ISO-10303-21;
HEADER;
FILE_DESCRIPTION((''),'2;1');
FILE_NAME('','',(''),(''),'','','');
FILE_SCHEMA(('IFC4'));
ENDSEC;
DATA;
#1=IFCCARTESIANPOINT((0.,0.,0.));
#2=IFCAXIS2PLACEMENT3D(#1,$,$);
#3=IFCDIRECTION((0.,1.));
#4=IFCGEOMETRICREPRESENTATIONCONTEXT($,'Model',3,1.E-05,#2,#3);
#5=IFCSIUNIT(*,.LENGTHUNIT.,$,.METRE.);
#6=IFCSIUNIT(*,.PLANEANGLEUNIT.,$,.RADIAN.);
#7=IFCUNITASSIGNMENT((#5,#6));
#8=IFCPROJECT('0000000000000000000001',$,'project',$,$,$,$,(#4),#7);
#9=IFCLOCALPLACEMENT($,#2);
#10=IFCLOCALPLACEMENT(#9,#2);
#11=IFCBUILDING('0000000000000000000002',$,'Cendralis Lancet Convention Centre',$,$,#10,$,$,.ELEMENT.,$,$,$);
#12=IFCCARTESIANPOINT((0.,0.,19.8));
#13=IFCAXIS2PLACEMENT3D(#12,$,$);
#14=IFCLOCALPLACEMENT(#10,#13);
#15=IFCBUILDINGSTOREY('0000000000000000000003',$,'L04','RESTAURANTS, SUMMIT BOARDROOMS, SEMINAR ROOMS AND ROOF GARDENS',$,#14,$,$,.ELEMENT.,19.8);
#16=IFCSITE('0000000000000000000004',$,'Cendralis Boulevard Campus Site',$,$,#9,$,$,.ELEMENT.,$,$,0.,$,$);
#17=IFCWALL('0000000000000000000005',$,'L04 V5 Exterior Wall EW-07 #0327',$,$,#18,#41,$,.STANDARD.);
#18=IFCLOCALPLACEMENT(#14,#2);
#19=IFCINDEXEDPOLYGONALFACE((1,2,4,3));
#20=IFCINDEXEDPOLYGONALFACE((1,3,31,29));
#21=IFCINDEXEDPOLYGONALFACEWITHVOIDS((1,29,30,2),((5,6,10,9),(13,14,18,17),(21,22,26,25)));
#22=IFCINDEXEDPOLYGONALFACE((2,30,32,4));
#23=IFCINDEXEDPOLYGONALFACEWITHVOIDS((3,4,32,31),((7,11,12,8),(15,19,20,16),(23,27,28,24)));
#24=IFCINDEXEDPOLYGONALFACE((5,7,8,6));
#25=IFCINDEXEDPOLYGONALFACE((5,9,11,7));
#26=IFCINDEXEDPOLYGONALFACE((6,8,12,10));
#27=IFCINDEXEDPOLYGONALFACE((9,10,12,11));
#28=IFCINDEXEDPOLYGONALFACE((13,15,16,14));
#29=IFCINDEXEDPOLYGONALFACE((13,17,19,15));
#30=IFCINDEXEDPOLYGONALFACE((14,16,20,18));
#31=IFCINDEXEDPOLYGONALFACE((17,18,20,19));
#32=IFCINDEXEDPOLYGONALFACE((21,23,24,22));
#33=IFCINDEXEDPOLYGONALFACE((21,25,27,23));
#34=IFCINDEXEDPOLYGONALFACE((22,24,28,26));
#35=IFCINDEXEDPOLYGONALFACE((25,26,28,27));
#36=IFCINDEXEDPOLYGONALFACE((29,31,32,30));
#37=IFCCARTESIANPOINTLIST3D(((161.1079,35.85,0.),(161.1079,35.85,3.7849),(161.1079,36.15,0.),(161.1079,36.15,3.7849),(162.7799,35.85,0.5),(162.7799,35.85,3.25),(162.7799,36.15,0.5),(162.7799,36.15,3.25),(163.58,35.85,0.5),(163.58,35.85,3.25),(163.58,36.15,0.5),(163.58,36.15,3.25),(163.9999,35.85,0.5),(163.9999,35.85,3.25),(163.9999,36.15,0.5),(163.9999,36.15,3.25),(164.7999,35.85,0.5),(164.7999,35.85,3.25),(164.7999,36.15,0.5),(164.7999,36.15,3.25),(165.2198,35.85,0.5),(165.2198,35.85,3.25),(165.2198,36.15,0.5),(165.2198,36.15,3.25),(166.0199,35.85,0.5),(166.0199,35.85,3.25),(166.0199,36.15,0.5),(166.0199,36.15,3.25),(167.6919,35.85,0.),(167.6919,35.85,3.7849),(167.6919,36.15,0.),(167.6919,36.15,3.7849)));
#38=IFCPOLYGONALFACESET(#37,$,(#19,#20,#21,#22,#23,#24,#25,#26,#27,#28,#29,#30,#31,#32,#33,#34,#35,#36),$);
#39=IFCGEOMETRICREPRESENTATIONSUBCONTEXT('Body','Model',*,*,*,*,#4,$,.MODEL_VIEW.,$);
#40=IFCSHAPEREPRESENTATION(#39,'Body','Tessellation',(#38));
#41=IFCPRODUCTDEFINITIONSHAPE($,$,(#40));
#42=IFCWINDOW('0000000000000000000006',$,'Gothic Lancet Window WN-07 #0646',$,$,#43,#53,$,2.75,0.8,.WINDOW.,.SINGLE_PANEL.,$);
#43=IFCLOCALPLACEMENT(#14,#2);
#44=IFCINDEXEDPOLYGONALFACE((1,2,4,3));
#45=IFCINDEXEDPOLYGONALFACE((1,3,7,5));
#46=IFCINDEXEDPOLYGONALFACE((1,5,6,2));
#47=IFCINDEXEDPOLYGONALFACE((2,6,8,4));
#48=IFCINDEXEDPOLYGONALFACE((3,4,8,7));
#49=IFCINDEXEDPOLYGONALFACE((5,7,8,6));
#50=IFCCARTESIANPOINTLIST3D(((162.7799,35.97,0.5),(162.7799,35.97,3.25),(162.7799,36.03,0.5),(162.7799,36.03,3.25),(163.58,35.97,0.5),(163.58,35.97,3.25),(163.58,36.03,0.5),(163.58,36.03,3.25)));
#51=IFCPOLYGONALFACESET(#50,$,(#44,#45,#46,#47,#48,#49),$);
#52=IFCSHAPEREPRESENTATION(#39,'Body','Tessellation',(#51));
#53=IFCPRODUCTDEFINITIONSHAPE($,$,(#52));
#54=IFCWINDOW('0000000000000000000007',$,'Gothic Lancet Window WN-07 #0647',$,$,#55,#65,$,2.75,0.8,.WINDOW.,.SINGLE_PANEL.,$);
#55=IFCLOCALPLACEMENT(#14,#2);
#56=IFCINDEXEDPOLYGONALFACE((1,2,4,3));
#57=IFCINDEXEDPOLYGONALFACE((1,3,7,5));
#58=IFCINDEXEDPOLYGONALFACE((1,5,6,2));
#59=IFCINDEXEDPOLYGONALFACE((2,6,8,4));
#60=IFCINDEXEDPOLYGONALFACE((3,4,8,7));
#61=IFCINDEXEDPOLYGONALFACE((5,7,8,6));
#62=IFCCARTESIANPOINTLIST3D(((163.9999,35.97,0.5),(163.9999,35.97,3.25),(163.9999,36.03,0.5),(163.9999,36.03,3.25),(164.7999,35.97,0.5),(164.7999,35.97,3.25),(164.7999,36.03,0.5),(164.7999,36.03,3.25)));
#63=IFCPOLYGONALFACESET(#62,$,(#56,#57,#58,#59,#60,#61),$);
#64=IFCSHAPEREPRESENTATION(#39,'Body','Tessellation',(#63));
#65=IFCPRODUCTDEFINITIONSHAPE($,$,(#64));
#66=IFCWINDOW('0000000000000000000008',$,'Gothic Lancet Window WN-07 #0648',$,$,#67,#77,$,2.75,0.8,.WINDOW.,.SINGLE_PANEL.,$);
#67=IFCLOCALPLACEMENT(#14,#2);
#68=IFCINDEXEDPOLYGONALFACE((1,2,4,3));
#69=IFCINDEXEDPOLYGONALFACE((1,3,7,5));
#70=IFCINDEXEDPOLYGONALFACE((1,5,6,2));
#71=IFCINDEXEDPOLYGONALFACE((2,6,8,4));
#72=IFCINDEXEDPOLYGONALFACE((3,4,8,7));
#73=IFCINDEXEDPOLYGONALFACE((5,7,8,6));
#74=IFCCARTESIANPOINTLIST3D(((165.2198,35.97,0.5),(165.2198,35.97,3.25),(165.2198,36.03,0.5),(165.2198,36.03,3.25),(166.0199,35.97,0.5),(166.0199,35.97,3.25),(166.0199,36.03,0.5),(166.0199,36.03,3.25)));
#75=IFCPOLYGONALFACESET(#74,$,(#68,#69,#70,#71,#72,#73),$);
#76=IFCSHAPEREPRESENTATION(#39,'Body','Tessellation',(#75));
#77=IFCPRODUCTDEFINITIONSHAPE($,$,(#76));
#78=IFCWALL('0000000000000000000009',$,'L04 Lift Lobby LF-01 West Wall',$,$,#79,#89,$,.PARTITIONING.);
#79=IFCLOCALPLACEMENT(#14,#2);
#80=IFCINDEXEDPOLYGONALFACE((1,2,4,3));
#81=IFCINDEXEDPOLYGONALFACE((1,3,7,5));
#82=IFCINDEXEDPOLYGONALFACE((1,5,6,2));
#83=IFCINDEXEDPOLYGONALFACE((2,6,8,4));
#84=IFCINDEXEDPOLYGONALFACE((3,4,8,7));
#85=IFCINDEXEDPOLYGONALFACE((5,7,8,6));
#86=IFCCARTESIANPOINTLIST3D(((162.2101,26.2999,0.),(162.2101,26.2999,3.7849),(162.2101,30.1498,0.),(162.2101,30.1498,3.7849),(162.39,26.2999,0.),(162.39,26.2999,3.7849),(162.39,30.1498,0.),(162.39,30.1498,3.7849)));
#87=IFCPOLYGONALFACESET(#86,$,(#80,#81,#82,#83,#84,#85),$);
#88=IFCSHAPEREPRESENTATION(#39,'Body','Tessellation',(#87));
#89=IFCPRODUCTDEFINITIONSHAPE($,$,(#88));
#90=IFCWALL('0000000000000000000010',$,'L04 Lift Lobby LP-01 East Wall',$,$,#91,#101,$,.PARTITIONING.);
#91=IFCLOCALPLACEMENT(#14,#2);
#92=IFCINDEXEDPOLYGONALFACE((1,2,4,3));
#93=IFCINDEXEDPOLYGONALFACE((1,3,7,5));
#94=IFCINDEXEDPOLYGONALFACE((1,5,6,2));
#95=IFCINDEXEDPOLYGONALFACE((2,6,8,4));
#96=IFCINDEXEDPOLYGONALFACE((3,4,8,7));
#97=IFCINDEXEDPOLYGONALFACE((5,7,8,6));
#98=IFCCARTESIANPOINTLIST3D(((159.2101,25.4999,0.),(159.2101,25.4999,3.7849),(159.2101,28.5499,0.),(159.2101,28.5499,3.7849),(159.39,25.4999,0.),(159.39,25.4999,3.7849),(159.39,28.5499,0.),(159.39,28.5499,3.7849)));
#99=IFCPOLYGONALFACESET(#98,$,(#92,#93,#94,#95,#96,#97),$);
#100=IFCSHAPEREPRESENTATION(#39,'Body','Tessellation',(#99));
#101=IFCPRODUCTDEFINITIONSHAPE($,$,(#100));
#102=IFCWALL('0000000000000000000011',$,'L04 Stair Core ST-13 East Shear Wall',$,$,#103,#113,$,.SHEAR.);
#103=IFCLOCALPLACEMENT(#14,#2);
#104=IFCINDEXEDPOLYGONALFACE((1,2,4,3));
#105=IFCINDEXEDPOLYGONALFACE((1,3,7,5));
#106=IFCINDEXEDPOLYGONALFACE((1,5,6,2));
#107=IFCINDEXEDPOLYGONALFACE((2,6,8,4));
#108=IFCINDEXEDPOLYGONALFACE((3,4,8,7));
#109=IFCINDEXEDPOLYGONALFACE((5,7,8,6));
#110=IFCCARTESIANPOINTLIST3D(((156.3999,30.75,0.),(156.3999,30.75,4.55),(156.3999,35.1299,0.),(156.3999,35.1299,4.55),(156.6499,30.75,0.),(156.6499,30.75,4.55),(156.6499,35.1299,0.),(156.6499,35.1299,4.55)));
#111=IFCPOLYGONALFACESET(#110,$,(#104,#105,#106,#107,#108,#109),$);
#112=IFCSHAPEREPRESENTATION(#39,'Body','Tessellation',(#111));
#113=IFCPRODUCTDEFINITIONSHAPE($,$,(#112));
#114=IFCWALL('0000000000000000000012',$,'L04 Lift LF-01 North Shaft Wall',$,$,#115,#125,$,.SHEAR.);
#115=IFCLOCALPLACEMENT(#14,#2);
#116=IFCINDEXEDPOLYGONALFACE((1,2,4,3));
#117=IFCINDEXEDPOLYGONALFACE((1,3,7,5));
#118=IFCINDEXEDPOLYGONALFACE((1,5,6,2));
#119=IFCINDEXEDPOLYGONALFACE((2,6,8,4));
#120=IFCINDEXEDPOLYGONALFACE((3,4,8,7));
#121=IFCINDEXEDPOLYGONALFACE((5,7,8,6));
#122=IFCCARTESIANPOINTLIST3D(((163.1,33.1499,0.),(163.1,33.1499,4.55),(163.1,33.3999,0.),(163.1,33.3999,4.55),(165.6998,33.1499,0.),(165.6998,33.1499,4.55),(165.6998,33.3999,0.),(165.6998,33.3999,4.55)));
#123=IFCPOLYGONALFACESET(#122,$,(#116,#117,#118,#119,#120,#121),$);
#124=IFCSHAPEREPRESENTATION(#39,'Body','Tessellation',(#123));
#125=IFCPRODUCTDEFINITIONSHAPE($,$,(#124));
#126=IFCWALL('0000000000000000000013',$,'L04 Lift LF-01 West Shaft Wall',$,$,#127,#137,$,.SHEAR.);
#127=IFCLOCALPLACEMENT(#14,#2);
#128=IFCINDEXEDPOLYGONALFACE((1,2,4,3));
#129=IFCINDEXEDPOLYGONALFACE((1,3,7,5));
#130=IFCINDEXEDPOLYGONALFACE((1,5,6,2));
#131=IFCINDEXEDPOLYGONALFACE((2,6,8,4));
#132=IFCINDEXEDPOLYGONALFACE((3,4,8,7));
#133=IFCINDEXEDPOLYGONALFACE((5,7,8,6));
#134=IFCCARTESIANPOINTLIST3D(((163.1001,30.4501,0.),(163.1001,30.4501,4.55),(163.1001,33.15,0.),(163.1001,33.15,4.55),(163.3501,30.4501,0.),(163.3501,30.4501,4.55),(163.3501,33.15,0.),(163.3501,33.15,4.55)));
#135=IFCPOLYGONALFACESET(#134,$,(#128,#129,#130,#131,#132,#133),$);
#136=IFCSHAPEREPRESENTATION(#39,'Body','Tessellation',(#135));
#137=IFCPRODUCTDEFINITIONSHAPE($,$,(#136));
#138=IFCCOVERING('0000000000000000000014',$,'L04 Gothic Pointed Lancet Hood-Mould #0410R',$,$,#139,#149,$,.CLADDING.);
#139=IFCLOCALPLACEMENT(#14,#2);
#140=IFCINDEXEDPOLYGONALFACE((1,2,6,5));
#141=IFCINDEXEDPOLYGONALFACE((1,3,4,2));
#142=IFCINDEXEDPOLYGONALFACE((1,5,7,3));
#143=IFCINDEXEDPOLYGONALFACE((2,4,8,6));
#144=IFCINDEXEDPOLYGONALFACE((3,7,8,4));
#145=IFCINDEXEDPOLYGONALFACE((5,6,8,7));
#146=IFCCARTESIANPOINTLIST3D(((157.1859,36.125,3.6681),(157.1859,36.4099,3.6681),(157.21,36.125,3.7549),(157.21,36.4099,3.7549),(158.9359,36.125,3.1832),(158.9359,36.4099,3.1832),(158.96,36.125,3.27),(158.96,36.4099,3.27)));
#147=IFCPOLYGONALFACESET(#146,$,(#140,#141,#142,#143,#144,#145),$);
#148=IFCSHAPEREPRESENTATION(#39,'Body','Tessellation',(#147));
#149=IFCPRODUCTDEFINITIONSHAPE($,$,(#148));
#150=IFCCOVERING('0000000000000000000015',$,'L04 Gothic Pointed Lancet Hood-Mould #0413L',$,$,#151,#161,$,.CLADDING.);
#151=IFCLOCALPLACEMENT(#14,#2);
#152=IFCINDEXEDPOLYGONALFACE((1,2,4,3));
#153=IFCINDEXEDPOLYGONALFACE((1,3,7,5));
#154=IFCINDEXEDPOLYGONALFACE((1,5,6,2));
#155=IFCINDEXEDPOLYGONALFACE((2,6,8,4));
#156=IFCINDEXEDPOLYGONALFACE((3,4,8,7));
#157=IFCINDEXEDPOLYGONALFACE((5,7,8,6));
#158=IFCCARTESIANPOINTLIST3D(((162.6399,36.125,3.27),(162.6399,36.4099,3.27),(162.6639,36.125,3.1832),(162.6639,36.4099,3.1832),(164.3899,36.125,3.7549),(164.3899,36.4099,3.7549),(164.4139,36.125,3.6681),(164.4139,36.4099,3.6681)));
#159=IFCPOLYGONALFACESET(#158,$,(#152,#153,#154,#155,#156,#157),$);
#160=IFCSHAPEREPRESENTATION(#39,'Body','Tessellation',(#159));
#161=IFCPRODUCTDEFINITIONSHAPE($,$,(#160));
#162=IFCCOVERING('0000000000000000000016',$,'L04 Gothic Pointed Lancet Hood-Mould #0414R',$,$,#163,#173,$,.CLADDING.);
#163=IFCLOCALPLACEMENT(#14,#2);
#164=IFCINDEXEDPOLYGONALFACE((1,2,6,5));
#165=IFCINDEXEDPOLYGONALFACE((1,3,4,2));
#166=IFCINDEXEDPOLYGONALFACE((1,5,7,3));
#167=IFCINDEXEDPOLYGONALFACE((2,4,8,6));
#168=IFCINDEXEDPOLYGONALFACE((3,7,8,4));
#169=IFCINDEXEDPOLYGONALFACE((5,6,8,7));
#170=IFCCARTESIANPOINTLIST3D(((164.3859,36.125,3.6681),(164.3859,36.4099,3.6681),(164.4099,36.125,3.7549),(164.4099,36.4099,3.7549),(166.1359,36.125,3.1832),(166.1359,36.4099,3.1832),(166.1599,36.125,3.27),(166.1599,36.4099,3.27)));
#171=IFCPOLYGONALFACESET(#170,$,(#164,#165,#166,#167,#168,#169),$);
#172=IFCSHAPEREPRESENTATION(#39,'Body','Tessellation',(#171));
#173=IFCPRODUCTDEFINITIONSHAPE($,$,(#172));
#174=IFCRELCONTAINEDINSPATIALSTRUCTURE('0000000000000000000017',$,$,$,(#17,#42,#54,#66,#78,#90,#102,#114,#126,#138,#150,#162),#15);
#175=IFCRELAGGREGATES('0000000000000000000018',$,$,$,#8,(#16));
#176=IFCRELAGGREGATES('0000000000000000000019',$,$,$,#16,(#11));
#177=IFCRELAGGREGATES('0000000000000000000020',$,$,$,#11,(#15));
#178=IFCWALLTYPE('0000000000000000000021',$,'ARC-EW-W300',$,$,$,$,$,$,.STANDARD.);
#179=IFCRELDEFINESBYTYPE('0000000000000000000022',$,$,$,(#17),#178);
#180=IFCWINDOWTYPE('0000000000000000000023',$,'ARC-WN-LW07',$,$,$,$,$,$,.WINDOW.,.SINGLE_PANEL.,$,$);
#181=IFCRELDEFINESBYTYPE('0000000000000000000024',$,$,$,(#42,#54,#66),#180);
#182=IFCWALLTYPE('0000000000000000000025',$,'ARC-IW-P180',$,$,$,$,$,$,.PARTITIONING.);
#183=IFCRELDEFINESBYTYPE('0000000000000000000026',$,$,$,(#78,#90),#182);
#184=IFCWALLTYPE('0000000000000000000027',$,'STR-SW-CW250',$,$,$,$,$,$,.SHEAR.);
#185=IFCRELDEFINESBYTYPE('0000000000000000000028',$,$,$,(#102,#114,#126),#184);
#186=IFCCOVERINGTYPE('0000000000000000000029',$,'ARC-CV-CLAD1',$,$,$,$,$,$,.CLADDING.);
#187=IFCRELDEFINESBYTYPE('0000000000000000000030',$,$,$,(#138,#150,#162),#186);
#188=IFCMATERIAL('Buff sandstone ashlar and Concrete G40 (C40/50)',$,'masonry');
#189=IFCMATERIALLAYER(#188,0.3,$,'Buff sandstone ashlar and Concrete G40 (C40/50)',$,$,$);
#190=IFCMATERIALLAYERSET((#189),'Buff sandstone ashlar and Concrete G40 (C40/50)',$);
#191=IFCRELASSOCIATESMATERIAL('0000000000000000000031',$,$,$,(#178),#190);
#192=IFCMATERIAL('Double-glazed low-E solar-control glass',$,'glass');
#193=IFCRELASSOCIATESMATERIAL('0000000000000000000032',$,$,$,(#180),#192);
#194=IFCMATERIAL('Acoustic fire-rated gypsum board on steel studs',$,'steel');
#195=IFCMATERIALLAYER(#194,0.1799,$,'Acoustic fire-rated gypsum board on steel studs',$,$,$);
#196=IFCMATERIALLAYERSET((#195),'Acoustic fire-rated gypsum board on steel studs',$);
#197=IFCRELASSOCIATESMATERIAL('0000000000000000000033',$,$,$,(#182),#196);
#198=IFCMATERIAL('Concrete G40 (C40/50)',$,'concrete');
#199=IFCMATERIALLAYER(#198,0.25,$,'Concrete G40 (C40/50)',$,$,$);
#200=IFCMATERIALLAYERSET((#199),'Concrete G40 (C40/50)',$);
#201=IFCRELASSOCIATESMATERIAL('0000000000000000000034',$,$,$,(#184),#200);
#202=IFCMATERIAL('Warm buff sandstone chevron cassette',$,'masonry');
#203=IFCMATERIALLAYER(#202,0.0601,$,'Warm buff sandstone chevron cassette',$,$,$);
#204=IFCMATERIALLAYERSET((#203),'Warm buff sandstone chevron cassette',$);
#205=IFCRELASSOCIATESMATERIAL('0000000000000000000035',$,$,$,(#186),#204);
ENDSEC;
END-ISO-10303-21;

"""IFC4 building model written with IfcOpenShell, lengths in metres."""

from ifc_helpers import new_model, si_unit, direction, frame, frame_2d, origin, place, context, subcontext, project, spatial, polyline, rectangle, outline, extrude, material, layer, layer_set, type_object, element, fill, save


model = new_model("IFC4")

# Units and contexts
model_context = context("Model", 3, precision=1e-05, world=origin(), true_north=direction((0.0, 1.0)))
body_context = subcontext(model_context, "Body", "Model", "MODEL_VIEW")
ifc_project = project(units=[si_unit("LENGTHUNIT", "METRE"), si_unit("PLANEANGLEUNIT", "RADIAN")], contexts=[model_context])

# Site, building, storey
site_placement = place(None, origin())
site = spatial("IfcSite", under=ifc_project, at=site_placement, Name="Cendralis Boulevard Campus Site", CompositionType="ELEMENT", RefElevation=0.0)
building_placement = place(site_placement, origin())
building = spatial("IfcBuilding", under=site, at=building_placement, Name="Cendralis Lancet Convention Centre", CompositionType="ELEMENT")
storey_placement = place(building_placement, frame((0.0, 0.0, 19.8)))
storey = spatial("IfcBuildingStorey", under=building, at=storey_placement, Name="L04", Description="RESTAURANTS, SUMMIT BOARDROOMS, SEMINAR ROOMS AND ROOF GARDENS", CompositionType="ELEMENT", Elevation=19.8)

# Shared definitions
ifc_material_1 = material(Name="Concrete G40 (C40/50)", Category="concrete")

# Wall, openings, windows
ifc_material_2 = material(Name="Buff sandstone ashlar and Concrete G40 (C40/50)", Category="masonry")
ifc_layer_1 = layer(ifc_material_2, 0.3, Name="Buff sandstone ashlar and Concrete G40 (C40/50)")
ifc_layer_set_1 = layer_set([ifc_layer_1], Name="Buff sandstone ashlar and Concrete G40 (C40/50)")
wall_type_1 = type_object("IfcWallType", Name="ARC-EW-W300", PredefinedType="STANDARD", material=ifc_layer_set_1)
wall_1_placement = place(storey_placement, frame((161.1079, 36.0, 0.0), z_axis=(0.0, 0.0, 1.0), x_axis=(1.0, 0.0, 0.0)))
wall_1 = element("IfcWall", 1, at=wall_1_placement, inside=storey, type_object=wall_type_1, Name="L04 V5 Exterior Wall EW-07 #0327", PredefinedType="STANDARD", context=body_context, shape_type="SweptSolid", body=[
    extrude(rectangle(XDim=6.584, YDim=0.3, at=frame_2d((3.292, 0.0))), origin(), (0.0, 0.0, 1.0), 3.7849),
])
opening_1_placement = place(wall_1_placement, frame((1.6721, 0.0, 0.5)))
opening_1 = element("IfcOpeningElement", 2, at=opening_1_placement, cuts=wall_1, PredefinedType="OPENING", context=body_context, shape_type="SweptSolid", body=[
    extrude(rectangle(XDim=0.8, YDim=2.75, at=frame_2d((0.3999, 1.375))), frame((0.0, 0.1599, 0.0), z_axis=(0.0, -1.0, 0.0), x_axis=(1.0, 0.0, 0.0)), (0.0, 0.0, 1.0), 0.3201),
])
opening_2_placement = place(wall_1_placement, frame((2.8921, 0.0, 0.5)))
opening_2 = element("IfcOpeningElement", 3, at=opening_2_placement, cuts=wall_1, PredefinedType="OPENING", context=body_context, shape_type="SweptSolid", body=[
    extrude(rectangle(XDim=0.8, YDim=2.75, at=frame_2d((0.3999, 1.375))), frame((0.0, 0.1599, 0.0), z_axis=(0.0, -1.0, 0.0), x_axis=(1.0, 0.0, 0.0)), (0.0, 0.0, 1.0), 0.3201),
])
opening_3_placement = place(wall_1_placement, frame((4.1121, 0.0, 0.5)))
opening_3 = element("IfcOpeningElement", 4, at=opening_3_placement, cuts=wall_1, PredefinedType="OPENING", context=body_context, shape_type="SweptSolid", body=[
    extrude(rectangle(XDim=0.8, YDim=2.75, at=frame_2d((0.3999, 1.375))), frame((0.0, 0.1599, 0.0), z_axis=(0.0, -1.0, 0.0), x_axis=(1.0, 0.0, 0.0)), (0.0, 0.0, 1.0), 0.3201),
])
ifc_material_3 = material(Name="Double-glazed low-E solar-control glass", Category="glass")
window_type = type_object("IfcWindowType", Name="ARC-WN-LW07", PartitioningType="SINGLE_PANEL", PredefinedType="WINDOW", material=ifc_material_3)
window_1_placement = place(opening_1_placement, origin())
window_1 = element("IfcWindow", 5, at=window_1_placement, inside=storey, type_object=window_type, Name="Gothic Lancet Window WN-07 #0646", OverallHeight=2.75, OverallWidth=0.8, PartitioningType="SINGLE_PANEL", PredefinedType="WINDOW", context=body_context, shape_type="SweptSolid", body=[
    extrude(rectangle(XDim=0.8, YDim=2.75, at=frame_2d((0.3999, 1.375))), frame((0.0, 0.03, 0.0), z_axis=(0.0, -1.0, 0.0), x_axis=(1.0, 0.0, 0.0)), (0.0, 0.0, 1.0), 0.0601),
])
fill(opening_1, window_1)
window_2_placement = place(opening_2_placement, origin())
window_2 = element("IfcWindow", 6, at=window_2_placement, inside=storey, type_object=window_type, Name="Gothic Lancet Window WN-07 #0647", OverallHeight=2.75, OverallWidth=0.8, PartitioningType="SINGLE_PANEL", PredefinedType="WINDOW", context=body_context, shape_type="SweptSolid", body=[
    extrude(rectangle(XDim=0.8, YDim=2.75, at=frame_2d((0.3999, 1.375))), frame((0.0, 0.03, 0.0), z_axis=(0.0, -1.0, 0.0), x_axis=(1.0, 0.0, 0.0)), (0.0, 0.0, 1.0), 0.0601),
])
fill(opening_2, window_2)
window_3_placement = place(opening_3_placement, origin())
window_3 = element("IfcWindow", 7, at=window_3_placement, inside=storey, type_object=window_type, Name="Gothic Lancet Window WN-07 #0648", OverallHeight=2.75, OverallWidth=0.8, PartitioningType="SINGLE_PANEL", PredefinedType="WINDOW", context=body_context, shape_type="SweptSolid", body=[
    extrude(rectangle(XDim=0.8, YDim=2.75, at=frame_2d((0.3999, 1.375))), frame((0.0, 0.03, 0.0), z_axis=(0.0, -1.0, 0.0), x_axis=(1.0, 0.0, 0.0)), (0.0, 0.0, 1.0), 0.0601),
])
fill(opening_3, window_3)

# Walls
ifc_material_4 = material(Name="Acoustic fire-rated gypsum board on steel studs", Category="steel")
ifc_layer_2 = layer(ifc_material_4, 0.1799, Name="Acoustic fire-rated gypsum board on steel studs")
ifc_layer_set_2 = layer_set([ifc_layer_2], Name="Acoustic fire-rated gypsum board on steel studs")
wall_type_2 = type_object("IfcWallType", Name="ARC-IW-P180", PredefinedType="PARTITIONING", material=ifc_layer_set_2)
wall_2_placement = place(storey_placement, frame((162.3, 26.3, 0.0), z_axis=(0.0, 0.0, 1.0), x_axis=(0.0, 1.0, 0.0)))
element("IfcWall", 8, at=wall_2_placement, inside=storey, type_object=wall_type_2, Name="L04 Lift Lobby LF-01 West Wall", PredefinedType="PARTITIONING", context=body_context, shape_type="SweptSolid", body=[
    extrude(rectangle(XDim=3.8499, YDim=0.1799, at=frame_2d((1.9248, 0.0))), origin(), (0.0, 0.0, 1.0), 3.7849),
])
wall_3_placement = place(storey_placement, frame((159.3, 25.5, 0.0), z_axis=(0.0, 0.0, 1.0), x_axis=(0.0, 1.0, 0.0)))
element("IfcWall", 9, at=wall_3_placement, inside=storey, type_object=wall_type_2, Name="L04 Lift Lobby LP-01 East Wall", PredefinedType="PARTITIONING", context=body_context, shape_type="SweptSolid", body=[
    extrude(rectangle(XDim=3.05, YDim=0.1799, at=frame_2d((1.5249, 0.0))), origin(), (0.0, 0.0, 1.0), 3.7849),
])
ifc_layer_3 = layer(ifc_material_1, 0.25, Name="Concrete G40 (C40/50)")
ifc_layer_set_3 = layer_set([ifc_layer_3], Name="Concrete G40 (C40/50)")
wall_type_3 = type_object("IfcWallType", Name="STR-SW-CW250", PredefinedType="SHEAR", material=ifc_layer_set_3)
wall_4_placement = place(storey_placement, frame((156.5249, 30.75, 0.0), z_axis=(0.0, 0.0, 1.0), x_axis=(0.0, 1.0, 0.0)))
element("IfcWall", 10, at=wall_4_placement, inside=storey, type_object=wall_type_3, Name="L04 Stair Core ST-13 East Shear Wall", PredefinedType="SHEAR", context=body_context, shape_type="SweptSolid", body=[
    extrude(rectangle(XDim=4.3799, YDim=0.25, at=frame_2d((2.1899, 0.0))), origin(), (0.0, 0.0, 1.0), 4.55),
])

# Walls
wall_5_placement = place(storey_placement, frame((163.1001, 33.2749, 0.0), z_axis=(0.0, 0.0, 1.0), x_axis=(1.0, 0.0, 0.0)))
element("IfcWall", 11, at=wall_5_placement, inside=storey, type_object=wall_type_3, Name="L04 Lift LF-01 North Shaft Wall", PredefinedType="SHEAR", context=body_context, shape_type="SweptSolid", body=[
    extrude(rectangle(XDim=2.5999, YDim=0.25, at=frame_2d((1.2998, 0.0))), origin(), (0.0, 0.0, 1.0), 4.55),
])
wall_6_placement = place(storey_placement, frame((163.2251, 30.45, 0.0), z_axis=(0.0, 0.0, 1.0), x_axis=(0.0, 1.0, 0.0)))
element("IfcWall", 12, at=wall_6_placement, inside=storey, type_object=wall_type_3, Name="L04 Lift LF-01 West Shaft Wall", PredefinedType="SHEAR", context=body_context, shape_type="SweptSolid", body=[
    extrude(rectangle(XDim=2.7, YDim=0.25, at=frame_2d((1.3501, 0.0))), origin(), (0.0, 0.0, 1.0), 4.55),
])

# Coverings
ifc_material_5 = material(Name="Warm buff sandstone chevron cassette", Category="masonry")
ifc_layer_4 = layer(ifc_material_5, 0.0601, Name="Warm buff sandstone chevron cassette")
ifc_layer_set_4 = layer_set([ifc_layer_4], Name="Warm buff sandstone chevron cassette")
covering_type = type_object("IfcCoveringType", Name="ARC-CV-CLAD1", PredefinedType="CLADDING", material=ifc_layer_set_4)
for number, where, z_axis, x_axis, name in (
    (13, (157.21, 36.4099, 3.7549), (0.267006, 0.0, 0.963695), (0.0, -1.0, 0.0), "L04 Gothic Pointed Lancet Hood-Mould #0410R"),
    (14, (162.6399, 36.4099, 3.27), (-0.267006, 0.0, 0.963695), (0.0, -1.0, 0.0), "L04 Gothic Pointed Lancet Hood-Mould #0413L"),
    (15, (164.4099, 36.4099, 3.7549), (0.267006, 0.0, 0.963695), (0.0, -1.0, 0.0), "L04 Gothic Pointed Lancet Hood-Mould #0414R"),
):
    element("IfcCovering", number, at=place(storey_placement, frame(where, z_axis=z_axis, x_axis=x_axis)), inside=storey, type_object=covering_type, Name=name, PredefinedType="CLADDING", context=body_context, shape_type="SweptSolid", body=[
        extrude(outline(polyline([(0.0, 0.0), (0.2849, 0.0), (0.2849, 1.8159), (0.0, 1.8159), (0.0, 0.0)])), origin(), (0.0, 0.0, -1.0), 0.0901),
    ])

save(model, "model.ifc")
